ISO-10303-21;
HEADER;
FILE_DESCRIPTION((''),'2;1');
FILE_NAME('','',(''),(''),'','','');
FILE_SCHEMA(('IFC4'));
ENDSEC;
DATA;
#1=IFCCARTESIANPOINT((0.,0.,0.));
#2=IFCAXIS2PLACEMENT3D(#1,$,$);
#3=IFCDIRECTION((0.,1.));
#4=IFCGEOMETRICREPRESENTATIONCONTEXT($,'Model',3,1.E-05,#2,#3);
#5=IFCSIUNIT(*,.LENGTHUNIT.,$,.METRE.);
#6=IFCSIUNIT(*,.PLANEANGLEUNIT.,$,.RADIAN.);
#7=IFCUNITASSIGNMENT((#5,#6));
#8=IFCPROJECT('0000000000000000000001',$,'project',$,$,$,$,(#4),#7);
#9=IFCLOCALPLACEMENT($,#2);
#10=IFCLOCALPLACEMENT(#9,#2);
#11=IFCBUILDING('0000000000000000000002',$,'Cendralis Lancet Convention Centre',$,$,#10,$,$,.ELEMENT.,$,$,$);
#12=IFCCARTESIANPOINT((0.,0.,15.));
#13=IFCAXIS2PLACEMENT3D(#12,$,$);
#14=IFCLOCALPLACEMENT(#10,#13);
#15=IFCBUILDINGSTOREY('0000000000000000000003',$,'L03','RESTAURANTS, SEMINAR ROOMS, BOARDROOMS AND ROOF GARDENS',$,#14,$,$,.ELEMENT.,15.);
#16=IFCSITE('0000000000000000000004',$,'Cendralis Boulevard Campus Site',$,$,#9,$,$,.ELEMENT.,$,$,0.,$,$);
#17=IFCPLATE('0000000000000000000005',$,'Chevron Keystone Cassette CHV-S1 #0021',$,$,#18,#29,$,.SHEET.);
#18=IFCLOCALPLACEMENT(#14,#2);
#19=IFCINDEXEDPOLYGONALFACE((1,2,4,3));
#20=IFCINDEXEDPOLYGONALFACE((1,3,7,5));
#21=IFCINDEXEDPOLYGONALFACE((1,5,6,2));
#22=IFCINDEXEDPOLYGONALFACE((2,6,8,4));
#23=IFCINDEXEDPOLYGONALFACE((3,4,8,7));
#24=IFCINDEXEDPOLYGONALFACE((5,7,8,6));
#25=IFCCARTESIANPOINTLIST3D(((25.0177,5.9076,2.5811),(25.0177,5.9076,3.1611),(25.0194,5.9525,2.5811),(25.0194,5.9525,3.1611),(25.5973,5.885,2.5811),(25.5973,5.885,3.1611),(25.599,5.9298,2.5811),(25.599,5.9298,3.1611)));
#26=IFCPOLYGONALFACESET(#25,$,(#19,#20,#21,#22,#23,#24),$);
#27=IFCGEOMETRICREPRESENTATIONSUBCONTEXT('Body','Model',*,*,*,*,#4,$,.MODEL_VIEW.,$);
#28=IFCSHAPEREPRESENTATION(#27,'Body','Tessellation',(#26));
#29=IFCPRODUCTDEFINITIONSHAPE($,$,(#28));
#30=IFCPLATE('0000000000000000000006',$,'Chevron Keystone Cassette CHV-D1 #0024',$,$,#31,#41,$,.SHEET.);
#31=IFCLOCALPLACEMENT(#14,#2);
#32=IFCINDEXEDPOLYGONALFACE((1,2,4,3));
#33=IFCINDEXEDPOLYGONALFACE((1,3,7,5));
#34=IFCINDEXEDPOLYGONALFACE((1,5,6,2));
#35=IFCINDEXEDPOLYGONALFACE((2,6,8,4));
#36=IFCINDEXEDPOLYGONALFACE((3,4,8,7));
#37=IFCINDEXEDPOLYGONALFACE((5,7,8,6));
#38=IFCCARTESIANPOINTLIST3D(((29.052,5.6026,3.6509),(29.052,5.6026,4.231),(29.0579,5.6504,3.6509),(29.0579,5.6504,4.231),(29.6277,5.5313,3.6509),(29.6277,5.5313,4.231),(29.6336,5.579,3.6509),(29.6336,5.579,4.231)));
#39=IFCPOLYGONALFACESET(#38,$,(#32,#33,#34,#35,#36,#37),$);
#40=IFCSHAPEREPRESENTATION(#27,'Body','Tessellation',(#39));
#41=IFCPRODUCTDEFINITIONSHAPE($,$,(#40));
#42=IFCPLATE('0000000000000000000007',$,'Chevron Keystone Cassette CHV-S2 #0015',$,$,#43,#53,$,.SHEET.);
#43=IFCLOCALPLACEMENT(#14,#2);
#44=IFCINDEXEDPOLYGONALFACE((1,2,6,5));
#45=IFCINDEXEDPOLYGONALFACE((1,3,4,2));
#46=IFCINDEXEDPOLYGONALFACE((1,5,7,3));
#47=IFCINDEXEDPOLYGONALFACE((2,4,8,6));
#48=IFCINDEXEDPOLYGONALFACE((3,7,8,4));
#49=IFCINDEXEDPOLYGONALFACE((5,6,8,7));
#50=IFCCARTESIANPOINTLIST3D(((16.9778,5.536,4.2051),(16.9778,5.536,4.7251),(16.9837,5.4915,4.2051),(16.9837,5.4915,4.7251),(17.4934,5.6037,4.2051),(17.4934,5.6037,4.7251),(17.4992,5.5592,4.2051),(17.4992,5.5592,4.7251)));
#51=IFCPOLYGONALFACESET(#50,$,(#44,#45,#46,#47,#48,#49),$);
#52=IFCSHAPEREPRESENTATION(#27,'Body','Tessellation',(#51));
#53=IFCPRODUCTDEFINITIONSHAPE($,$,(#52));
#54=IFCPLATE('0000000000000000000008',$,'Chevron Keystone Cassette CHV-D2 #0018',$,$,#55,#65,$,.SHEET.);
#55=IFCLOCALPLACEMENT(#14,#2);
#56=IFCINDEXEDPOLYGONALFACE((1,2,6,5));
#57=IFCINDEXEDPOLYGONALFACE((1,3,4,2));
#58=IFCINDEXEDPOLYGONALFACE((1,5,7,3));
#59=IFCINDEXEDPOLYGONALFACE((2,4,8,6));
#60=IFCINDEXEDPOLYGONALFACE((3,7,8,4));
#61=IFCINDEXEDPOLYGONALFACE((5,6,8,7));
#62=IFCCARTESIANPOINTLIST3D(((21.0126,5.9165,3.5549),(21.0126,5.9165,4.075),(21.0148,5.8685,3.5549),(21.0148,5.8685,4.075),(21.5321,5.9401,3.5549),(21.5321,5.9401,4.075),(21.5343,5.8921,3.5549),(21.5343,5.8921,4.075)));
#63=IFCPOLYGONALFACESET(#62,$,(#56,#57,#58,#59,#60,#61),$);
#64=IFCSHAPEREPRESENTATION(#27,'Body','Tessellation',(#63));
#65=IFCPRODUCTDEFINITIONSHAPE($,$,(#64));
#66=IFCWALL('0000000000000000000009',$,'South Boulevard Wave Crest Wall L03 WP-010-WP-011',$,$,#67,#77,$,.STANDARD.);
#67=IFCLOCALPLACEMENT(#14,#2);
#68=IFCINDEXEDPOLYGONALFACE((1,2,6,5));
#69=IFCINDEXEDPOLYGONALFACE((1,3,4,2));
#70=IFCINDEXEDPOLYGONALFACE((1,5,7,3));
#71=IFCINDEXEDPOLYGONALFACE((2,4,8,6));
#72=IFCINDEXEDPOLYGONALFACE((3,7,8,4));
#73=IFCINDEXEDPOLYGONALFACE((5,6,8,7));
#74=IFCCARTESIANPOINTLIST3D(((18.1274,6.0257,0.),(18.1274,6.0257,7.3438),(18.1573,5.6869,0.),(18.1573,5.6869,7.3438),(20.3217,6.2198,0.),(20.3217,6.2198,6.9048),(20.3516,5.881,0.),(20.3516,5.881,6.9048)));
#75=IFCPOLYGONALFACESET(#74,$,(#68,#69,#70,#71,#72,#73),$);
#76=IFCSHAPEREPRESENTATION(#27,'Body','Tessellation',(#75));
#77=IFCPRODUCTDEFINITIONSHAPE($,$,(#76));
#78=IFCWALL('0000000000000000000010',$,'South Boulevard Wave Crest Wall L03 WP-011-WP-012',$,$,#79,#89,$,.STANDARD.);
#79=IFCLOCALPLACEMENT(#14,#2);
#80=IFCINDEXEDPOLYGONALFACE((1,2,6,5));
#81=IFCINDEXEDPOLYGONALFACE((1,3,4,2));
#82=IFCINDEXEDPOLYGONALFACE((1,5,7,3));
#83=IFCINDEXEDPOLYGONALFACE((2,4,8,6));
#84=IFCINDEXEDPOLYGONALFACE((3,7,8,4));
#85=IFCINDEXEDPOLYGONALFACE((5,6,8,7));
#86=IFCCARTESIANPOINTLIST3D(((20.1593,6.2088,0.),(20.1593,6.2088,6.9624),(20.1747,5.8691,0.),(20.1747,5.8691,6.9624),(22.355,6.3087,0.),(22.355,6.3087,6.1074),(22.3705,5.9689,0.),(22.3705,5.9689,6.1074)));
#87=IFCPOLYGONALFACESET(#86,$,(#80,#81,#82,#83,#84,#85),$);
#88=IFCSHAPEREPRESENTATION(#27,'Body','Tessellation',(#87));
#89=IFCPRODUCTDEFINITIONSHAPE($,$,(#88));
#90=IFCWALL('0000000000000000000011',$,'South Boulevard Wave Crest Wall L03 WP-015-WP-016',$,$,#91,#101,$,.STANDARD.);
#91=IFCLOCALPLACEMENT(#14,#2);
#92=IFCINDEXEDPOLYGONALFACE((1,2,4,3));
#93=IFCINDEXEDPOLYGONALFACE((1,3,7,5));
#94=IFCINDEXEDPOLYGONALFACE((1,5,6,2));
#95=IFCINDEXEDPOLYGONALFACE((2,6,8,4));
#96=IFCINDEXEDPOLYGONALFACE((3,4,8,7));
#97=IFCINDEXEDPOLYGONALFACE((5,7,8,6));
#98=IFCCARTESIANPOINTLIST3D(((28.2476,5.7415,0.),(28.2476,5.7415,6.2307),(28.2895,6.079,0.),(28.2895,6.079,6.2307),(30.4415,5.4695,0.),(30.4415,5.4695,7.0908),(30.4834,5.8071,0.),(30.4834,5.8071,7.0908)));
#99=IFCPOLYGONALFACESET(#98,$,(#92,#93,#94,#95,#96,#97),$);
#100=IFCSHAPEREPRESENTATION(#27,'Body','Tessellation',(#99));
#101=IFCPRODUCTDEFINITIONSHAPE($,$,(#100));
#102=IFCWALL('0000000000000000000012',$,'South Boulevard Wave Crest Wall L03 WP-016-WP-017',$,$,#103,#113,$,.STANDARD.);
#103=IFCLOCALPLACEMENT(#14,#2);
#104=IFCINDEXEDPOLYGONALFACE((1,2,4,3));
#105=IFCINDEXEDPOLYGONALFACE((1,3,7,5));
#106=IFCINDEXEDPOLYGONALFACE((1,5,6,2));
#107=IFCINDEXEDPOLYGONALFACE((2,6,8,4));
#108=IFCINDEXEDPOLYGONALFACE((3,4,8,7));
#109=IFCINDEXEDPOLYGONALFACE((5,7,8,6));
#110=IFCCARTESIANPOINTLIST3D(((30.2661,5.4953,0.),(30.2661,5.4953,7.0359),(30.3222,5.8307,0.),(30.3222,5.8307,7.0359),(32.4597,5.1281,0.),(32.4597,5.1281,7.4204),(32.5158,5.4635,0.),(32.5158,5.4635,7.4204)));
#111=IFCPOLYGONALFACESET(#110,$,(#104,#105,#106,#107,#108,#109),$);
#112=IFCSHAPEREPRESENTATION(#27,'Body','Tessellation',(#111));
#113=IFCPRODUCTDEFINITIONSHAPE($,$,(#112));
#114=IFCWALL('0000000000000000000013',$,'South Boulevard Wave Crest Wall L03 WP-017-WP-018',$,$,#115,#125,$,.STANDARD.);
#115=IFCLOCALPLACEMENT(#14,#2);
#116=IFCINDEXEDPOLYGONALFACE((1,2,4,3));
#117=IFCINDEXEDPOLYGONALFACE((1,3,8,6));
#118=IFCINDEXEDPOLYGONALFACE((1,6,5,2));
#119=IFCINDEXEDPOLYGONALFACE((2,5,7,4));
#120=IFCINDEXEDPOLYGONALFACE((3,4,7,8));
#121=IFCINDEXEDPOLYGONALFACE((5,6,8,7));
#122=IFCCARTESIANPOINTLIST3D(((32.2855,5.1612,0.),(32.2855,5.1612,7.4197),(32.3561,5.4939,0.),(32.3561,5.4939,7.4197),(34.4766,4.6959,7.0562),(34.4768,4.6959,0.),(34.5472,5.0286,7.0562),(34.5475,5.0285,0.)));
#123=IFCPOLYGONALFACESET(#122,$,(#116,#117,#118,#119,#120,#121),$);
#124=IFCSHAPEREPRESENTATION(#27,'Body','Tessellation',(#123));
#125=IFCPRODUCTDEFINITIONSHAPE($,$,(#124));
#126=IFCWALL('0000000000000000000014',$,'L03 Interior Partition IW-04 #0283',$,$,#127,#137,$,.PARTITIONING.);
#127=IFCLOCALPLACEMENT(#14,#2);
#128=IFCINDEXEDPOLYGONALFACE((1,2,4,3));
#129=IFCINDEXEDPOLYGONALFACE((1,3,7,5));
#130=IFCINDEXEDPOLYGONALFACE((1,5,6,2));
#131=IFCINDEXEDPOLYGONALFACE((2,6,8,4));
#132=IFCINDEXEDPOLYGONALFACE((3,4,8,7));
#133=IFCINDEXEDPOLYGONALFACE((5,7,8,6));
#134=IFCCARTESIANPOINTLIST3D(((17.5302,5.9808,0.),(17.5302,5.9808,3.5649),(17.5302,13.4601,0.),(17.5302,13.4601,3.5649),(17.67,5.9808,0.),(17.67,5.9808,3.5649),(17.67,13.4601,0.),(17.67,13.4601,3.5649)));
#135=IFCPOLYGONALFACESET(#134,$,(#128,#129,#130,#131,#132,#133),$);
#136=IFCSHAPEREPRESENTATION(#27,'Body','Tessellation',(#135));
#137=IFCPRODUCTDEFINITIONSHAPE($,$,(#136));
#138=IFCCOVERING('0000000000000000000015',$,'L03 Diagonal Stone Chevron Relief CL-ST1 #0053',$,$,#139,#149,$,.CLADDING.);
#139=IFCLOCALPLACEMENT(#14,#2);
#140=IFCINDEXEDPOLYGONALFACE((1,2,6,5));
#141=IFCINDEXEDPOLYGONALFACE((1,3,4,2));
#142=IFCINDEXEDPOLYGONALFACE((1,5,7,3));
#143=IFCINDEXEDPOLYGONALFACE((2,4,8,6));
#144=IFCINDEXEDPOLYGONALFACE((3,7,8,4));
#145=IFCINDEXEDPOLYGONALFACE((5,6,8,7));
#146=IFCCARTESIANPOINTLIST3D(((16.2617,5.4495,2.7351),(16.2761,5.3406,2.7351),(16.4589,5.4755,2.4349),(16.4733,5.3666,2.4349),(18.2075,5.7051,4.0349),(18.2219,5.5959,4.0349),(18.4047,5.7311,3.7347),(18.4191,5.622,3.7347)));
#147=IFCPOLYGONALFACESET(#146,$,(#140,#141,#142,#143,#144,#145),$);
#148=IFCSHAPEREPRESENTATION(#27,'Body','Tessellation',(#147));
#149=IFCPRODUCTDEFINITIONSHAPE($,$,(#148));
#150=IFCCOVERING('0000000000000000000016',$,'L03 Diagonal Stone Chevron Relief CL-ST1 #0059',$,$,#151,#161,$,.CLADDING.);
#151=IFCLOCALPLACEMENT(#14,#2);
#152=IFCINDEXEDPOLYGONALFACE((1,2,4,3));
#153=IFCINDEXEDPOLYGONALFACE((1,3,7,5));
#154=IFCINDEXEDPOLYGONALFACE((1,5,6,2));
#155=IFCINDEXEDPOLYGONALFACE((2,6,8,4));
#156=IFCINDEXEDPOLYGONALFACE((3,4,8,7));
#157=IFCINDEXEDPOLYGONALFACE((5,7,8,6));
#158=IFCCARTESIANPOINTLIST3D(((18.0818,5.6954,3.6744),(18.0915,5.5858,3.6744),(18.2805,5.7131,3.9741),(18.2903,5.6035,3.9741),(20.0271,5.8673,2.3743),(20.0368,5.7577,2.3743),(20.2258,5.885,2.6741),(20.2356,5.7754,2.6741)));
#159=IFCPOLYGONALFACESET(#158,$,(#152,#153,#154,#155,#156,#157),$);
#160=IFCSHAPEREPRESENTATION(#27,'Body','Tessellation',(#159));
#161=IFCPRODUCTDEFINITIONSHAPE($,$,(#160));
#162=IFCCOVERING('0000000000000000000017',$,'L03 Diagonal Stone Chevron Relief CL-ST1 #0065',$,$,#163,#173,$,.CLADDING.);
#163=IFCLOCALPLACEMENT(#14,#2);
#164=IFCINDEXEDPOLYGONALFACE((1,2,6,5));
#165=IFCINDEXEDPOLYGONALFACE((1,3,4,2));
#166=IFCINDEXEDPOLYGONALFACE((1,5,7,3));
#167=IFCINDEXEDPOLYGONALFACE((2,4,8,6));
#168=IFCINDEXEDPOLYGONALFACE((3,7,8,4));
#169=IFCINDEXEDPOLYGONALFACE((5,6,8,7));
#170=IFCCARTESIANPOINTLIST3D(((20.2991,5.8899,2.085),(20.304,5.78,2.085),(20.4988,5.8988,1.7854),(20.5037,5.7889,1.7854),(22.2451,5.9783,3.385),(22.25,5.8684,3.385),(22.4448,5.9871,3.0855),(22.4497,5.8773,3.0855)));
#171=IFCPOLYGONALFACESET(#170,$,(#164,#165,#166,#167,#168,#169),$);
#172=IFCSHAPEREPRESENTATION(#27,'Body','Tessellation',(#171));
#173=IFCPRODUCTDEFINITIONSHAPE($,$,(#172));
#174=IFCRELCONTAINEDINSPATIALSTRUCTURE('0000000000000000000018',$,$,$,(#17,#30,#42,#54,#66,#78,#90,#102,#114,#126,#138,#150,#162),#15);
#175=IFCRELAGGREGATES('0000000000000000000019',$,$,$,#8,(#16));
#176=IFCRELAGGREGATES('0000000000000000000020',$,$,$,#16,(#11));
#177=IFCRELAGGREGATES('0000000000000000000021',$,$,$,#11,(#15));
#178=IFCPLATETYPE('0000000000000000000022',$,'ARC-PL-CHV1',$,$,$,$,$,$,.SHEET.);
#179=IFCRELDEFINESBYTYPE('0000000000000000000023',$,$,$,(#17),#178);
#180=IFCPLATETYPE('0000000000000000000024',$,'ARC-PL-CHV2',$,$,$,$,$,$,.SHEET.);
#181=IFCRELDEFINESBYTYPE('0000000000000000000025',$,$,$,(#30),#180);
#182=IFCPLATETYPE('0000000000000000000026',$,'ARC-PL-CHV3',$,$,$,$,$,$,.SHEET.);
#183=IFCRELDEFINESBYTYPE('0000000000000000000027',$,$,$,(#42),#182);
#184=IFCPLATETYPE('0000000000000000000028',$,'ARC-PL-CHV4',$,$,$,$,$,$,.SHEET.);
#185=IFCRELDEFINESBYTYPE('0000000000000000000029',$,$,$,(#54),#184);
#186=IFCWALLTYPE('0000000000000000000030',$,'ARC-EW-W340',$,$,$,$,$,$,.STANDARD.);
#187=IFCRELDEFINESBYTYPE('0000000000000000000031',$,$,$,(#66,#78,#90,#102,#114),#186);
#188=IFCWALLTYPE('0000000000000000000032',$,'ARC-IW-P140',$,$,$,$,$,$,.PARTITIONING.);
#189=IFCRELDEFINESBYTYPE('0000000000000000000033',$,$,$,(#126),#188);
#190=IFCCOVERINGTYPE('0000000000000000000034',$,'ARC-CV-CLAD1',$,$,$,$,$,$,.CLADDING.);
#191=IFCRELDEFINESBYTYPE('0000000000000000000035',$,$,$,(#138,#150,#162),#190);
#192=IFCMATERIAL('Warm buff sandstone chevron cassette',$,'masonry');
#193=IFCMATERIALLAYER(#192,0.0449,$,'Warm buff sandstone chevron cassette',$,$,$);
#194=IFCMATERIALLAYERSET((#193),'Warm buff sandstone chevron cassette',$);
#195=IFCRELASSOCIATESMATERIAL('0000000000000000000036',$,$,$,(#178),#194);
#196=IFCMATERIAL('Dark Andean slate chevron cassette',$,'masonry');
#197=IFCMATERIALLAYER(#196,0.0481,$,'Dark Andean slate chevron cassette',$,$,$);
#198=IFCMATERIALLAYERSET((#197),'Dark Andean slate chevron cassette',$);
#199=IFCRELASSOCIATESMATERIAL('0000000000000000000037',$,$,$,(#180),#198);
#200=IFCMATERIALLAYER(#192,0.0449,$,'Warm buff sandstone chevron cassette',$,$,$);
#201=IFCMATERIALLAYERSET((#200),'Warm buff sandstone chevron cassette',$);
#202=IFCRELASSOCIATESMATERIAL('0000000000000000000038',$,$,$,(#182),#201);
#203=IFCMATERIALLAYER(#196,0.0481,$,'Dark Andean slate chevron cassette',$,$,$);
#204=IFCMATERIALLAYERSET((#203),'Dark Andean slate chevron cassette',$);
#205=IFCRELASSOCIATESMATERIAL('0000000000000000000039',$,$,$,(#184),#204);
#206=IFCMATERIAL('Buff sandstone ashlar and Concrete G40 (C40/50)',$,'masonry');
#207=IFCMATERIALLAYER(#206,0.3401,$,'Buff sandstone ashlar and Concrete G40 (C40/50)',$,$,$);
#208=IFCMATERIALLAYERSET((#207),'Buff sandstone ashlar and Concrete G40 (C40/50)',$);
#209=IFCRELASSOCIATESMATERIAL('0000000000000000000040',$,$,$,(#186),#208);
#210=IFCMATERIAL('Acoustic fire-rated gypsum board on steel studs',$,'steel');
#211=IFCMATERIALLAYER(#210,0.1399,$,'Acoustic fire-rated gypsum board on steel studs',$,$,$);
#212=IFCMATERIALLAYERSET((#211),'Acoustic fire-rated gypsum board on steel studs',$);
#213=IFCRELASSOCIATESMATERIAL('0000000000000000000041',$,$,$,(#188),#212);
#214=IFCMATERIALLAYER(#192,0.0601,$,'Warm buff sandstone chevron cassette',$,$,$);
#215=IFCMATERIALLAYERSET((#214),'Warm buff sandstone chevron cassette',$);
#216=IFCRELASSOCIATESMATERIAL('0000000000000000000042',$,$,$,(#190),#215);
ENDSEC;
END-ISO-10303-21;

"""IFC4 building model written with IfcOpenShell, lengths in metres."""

from ifc_helpers import new_model, si_unit, direction, frame, frame_2d, origin, origin_2d, place, context, subcontext, project, spatial, polyline, rectangle, outline, extrude, material, layer, layer_set, type_object, element, save


model = new_model("IFC4")

# Units and contexts
model_context = context("Model", 3, precision=1e-05, world=origin(), true_north=direction((0.0, 1.0)))
body_context = subcontext(model_context, "Body", "Model", "MODEL_VIEW")
ifc_project = project(units=[si_unit("LENGTHUNIT", "METRE"), si_unit("PLANEANGLEUNIT", "RADIAN")], contexts=[model_context])

# Site, building, storey
site_placement = place(None, origin())
site = spatial("IfcSite", under=ifc_project, at=site_placement, Name="Cendralis Boulevard Campus Site", CompositionType="ELEMENT", RefElevation=0.0)
building_placement = place(site_placement, origin())
building = spatial("IfcBuilding", under=site, at=building_placement, Name="Cendralis Lancet Convention Centre", CompositionType="ELEMENT")
storey_placement = place(building_placement, frame((0.0, 0.0, 15.0)))
storey = spatial("IfcBuildingStorey", under=building, at=storey_placement, Name="L03", Description="RESTAURANTS, SEMINAR ROOMS, BOARDROOMS AND ROOF GARDENS", CompositionType="ELEMENT", Elevation=15.0)

# Plates
ifc_material_1 = material(Name="Warm buff sandstone chevron cassette", Category="masonry")
ifc_layer_1 = layer(ifc_material_1, 0.0449, Name="Warm buff sandstone chevron cassette")
ifc_layer_set_1 = layer_set([ifc_layer_1], Name="Warm buff sandstone chevron cassette")
plate_type_1 = type_object("IfcPlateType", Name="ARC-PL-CHV1", PredefinedType="SHEET", material=ifc_layer_set_1)
plate_1_placement = place(storey_placement, frame((25.3083, 5.9187, 2.5811), z_axis=(0.0, 0.0, 1.0), x_axis=(0.99924, -0.038981, 0.0)))
element("IfcPlate", 1, at=plate_1_placement, inside=storey, type_object=plate_type_1, Name="Chevron Keystone Cassette CHV-S1 #0021", PredefinedType="SHEET", context=body_context, shape_type="SweptSolid", body=[
    extrude(rectangle(XDim=0.5801, YDim=0.0449, at=origin_2d()), origin(), (0.0, 0.0, 1.0), 0.5801),
])
ifc_material_2 = material(Name="Dark Andean slate chevron cassette", Category="masonry")
ifc_layer_2 = layer(ifc_material_2, 0.0481, Name="Dark Andean slate chevron cassette")
ifc_layer_set_2 = layer_set([ifc_layer_2], Name="Dark Andean slate chevron cassette")
plate_type_2 = type_object("IfcPlateType", Name="ARC-PL-CHV2", PredefinedType="SHEET", material=ifc_layer_set_2)
plate_2_placement = place(storey_placement, frame((29.3428, 5.5908, 3.6509), z_axis=(0.0, 0.0, 1.0), x_axis=(0.992405, -0.123013, 0.0)))
element("IfcPlate", 2, at=plate_2_placement, inside=storey, type_object=plate_type_2, Name="Chevron Keystone Cassette CHV-D1 #0024", PredefinedType="SHEET", context=body_context, shape_type="SweptSolid", body=[
    extrude(rectangle(XDim=0.5801, YDim=0.0481, at=origin_2d()), origin(), (0.0, 0.0, 1.0), 0.5801),
])
ifc_layer_3 = layer(ifc_material_1, 0.0449, Name="Warm buff sandstone chevron cassette")
ifc_layer_set_3 = layer_set([ifc_layer_3], Name="Warm buff sandstone chevron cassette")
plate_type_3 = type_object("IfcPlateType", Name="ARC-PL-CHV3", PredefinedType="SHEET", material=ifc_layer_set_3)
plate_3_placement = place(storey_placement, frame((17.2385, 5.5476, 4.2051), z_axis=(0.0, 0.0, 1.0), x_axis=(0.991484, 0.130232, 0.0)))
element("IfcPlate", 3, at=plate_3_placement, inside=storey, type_object=plate_type_3, Name="Chevron Keystone Cassette CHV-S2 #0015", PredefinedType="SHEET", context=body_context, shape_type="SweptSolid", body=[
    extrude(rectangle(XDim=0.52, YDim=0.0449, at=origin_2d()), origin(), (0.0, 0.0, 1.0), 0.52),
])
ifc_layer_4 = layer(ifc_material_2, 0.0481, Name="Dark Andean slate chevron cassette")
ifc_layer_set_4 = layer_set([ifc_layer_4], Name="Dark Andean slate chevron cassette")
plate_type_4 = type_object("IfcPlateType", Name="ARC-PL-CHV4", PredefinedType="SHEET", material=ifc_layer_set_4)
plate_4_placement = place(storey_placement, frame((21.2734, 5.9043, 3.5549), z_axis=(0.0, 0.0, 1.0), x_axis=(0.998971, 0.045363, 0.0)))
element("IfcPlate", 4, at=plate_4_placement, inside=storey, type_object=plate_type_4, Name="Chevron Keystone Cassette CHV-D2 #0018", PredefinedType="SHEET", context=body_context, shape_type="SweptSolid", body=[
    extrude(rectangle(XDim=0.52, YDim=0.0481, at=origin_2d()), origin(), (0.0, 0.0, 1.0), 0.52),
])

# Walls
ifc_material_3 = material(Name="Buff sandstone ashlar and Concrete G40 (C40/50)", Category="masonry")
ifc_layer_5 = layer(ifc_material_3, 0.3401, Name="Buff sandstone ashlar and Concrete G40 (C40/50)")
ifc_layer_set_5 = layer_set([ifc_layer_5], Name="Buff sandstone ashlar and Concrete G40 (C40/50)")
wall_type_1 = type_object("IfcWallType", Name="ARC-EW-W340", PredefinedType="STANDARD", material=ifc_layer_set_5)
wall_1_placement = place(storey_placement, frame((18.1423, 5.8564, 0.0), z_axis=(0.0, 0.0, 1.0), x_axis=(0.996111, 0.088107, 0.0)))
element("IfcWall", 5, at=wall_1_placement, inside=storey, type_object=wall_type_1, Name="South Boulevard Wave Crest Wall L03 WP-010-WP-011", PredefinedType="STANDARD", context=body_context, shape_type="SweptSolid", body=[
    extrude(outline(polyline([(0.0, 0.0), (2.2029, 0.0), (2.2029, 6.9048), (0.0, 7.3438), (0.0, 0.0)])), frame((0.0, 0.1699, 0.0), z_axis=(0.0, -1.0, 0.0), x_axis=(1.0, 0.0, 0.0)), (0.0, 0.0, 1.0), 0.3401),
])
wall_2_placement = place(storey_placement, frame((20.167, 6.0391, 0.0), z_axis=(0.0, 0.0, 1.0), x_axis=(0.998968, 0.045428, 0.0)))
element("IfcWall", 6, at=wall_2_placement, inside=storey, type_object=wall_type_1, Name="South Boulevard Wave Crest Wall L03 WP-011-WP-012", PredefinedType="STANDARD", context=body_context, shape_type="SweptSolid", body=[
    extrude(outline(polyline([(0.0, 0.0), (2.198, 0.0), (2.198, 6.1074), (0.0, 6.9624), (0.0, 0.0)])), frame((0.0, 0.1699, 0.0), z_axis=(0.0, -1.0, 0.0), x_axis=(1.0, 0.0, 0.0)), (0.0, 0.0, 1.0), 0.3401),
])
wall_3_placement = place(storey_placement, frame((28.2686, 5.9104, 0.0), z_axis=(0.0, 0.0, 1.0), x_axis=(0.992403, -0.123029, 0.0)))
element("IfcWall", 7, at=wall_3_placement, inside=storey, type_object=wall_type_1, Name="South Boulevard Wave Crest Wall L03 WP-015-WP-016", PredefinedType="STANDARD", context=body_context, shape_type="SweptSolid", body=[
    extrude(outline(polyline([(0.0, 0.0), (2.2107, 0.0), (2.2107, 7.0908), (0.0, 6.2307), (0.0, 0.0)])), frame((0.0, 0.1699, 0.0), z_axis=(0.0, -1.0, 0.0), x_axis=(1.0, 0.0, 0.0)), (0.0, 0.0, 1.0), 0.3401),
])
wall_4_placement = place(storey_placement, frame((30.2942, 5.6631, 0.0), z_axis=(0.0, 0.0, 1.0), x_axis=(0.986278, -0.165093, 0.0)))
element("IfcWall", 8, at=wall_4_placement, inside=storey, type_object=wall_type_1, Name="South Boulevard Wave Crest Wall L03 WP-016-WP-017", PredefinedType="STANDARD", context=body_context, shape_type="SweptSolid", body=[
    extrude(outline(polyline([(0.0, 0.0), (2.2241, 0.0), (2.2241, 7.4204), (0.0, 7.0359), (0.0, 0.0)])), frame((0.0, 0.1699, 0.0), z_axis=(0.0, -1.0, 0.0), x_axis=(1.0, 0.0, 0.0)), (0.0, 0.0, 1.0), 0.3401),
])
wall_5_placement = place(storey_placement, frame((32.3208, 5.3276, 0.0), z_axis=(0.0, 0.0, 1.0), x_axis=(0.97819, -0.207713, 0.0)))
element("IfcWall", 9, at=wall_5_placement, inside=storey, type_object=wall_type_1, Name="South Boulevard Wave Crest Wall L03 WP-017-WP-018", PredefinedType="STANDARD", context=body_context, shape_type="SweptSolid", body=[
    extrude(outline(polyline([(0.0, 0.0), (2.2402, 0.0), (2.24, 7.0562), (0.0, 7.4197), (0.0, 0.0)])), frame((0.0, 0.1699, 0.0), z_axis=(0.0, -1.0, 0.0), x_axis=(1.0, 0.0, 0.0)), (0.0, 0.0, 1.0), 0.3401),
])
ifc_material_4 = material(Name="Acoustic fire-rated gypsum board on steel studs", Category="steel")
ifc_layer_6 = layer(ifc_material_4, 0.1399, Name="Acoustic fire-rated gypsum board on steel studs")
ifc_layer_set_6 = layer_set([ifc_layer_6], Name="Acoustic fire-rated gypsum board on steel studs")
wall_type_2 = type_object("IfcWallType", Name="ARC-IW-P140", PredefinedType="PARTITIONING", material=ifc_layer_set_6)
wall_6_placement = place(storey_placement, frame((17.6001, 5.9807, 0.0), z_axis=(0.0, 0.0, 1.0), x_axis=(0.0, 1.0, 0.0)))
element("IfcWall", 10, at=wall_6_placement, inside=storey, type_object=wall_type_2, Name="L03 Interior Partition IW-04 #0283", PredefinedType="PARTITIONING", context=body_context, shape_type="SweptSolid", body=[
    extrude(rectangle(XDim=7.4792, YDim=0.1399, at=frame_2d((3.7397, 0.0))), origin(), (0.0, 0.0, 1.0), 3.5649),
])

# Coverings
ifc_layer_7 = layer(ifc_material_1, 0.0601, Name="Warm buff sandstone chevron cassette")
ifc_layer_set_7 = layer_set([ifc_layer_7], Name="Warm buff sandstone chevron cassette")
covering_type_1 = type_object("IfcCoveringType", Name="ARC-CV-CLAD1", PredefinedType="CLADDING", material=ifc_layer_set_7)
covering_1_placement = place(storey_placement, frame((16.2761, 5.3406, 2.7351), z_axis=(-0.54743, -0.072337, 0.833719), x_axis=(0.82663, 0.108489, 0.552189)))
element("IfcCovering", 11, at=covering_1_placement, inside=storey, type_object=covering_type_1, Name="L03 Diagonal Stone Chevron Relief CL-ST1 #0053", PredefinedType="CLADDING", context=body_context, shape_type="SweptSolid", body=[
    extrude(outline(polyline([(0.0, 0.0), (2.3539, 0.0), (2.3538, 0.1101), (-0.0001, 0.1098), (0.0, 0.0)])), origin(), (0.0, 0.0, -1.0), 0.3601),
])
covering_2_placement = place(storey_placement, frame((18.2903, 5.6035, 3.9741), z_axis=(0.55196, 0.049172, 0.83242), x_axis=(0.829189, 0.073262, -0.554146)))
element("IfcCovering", 12, at=covering_2_placement, inside=storey, type_object=covering_type_1, Name="L03 Diagonal Stone Chevron Relief CL-ST1 #0059", PredefinedType="CLADDING", context=body_context, shape_type="SweptSolid", body=[
    extrude(outline(polyline([(0.0, 0.0), (2.346, 0.0), (2.346, 0.1101), (-0.0001, 0.1101), (0.0, 0.0)])), origin(), (0.0, 0.0, -1.0), 0.3601),
])
covering_3_placement = place(storey_placement, frame((20.304, 5.78, 2.085), z_axis=(-0.554551, -0.024647, 0.831784), x_axis=(0.830928, 0.037736, 0.555099)))
element("IfcCovering", 13, at=covering_3_placement, inside=storey, type_object=covering_type_1, Name="L03 Diagonal Stone Chevron Relief CL-ST1 #0065", PredefinedType="CLADDING", context=body_context, shape_type="SweptSolid", body=[
    extrude(outline(polyline([(0.0, 0.0), (2.342, 0.0), (2.3421, 0.11), (0.0001, 0.11), (0.0, 0.0)])), origin(), (0.0, 0.0, -1.0), 0.3601),
])

save(model, "model.ifc")
